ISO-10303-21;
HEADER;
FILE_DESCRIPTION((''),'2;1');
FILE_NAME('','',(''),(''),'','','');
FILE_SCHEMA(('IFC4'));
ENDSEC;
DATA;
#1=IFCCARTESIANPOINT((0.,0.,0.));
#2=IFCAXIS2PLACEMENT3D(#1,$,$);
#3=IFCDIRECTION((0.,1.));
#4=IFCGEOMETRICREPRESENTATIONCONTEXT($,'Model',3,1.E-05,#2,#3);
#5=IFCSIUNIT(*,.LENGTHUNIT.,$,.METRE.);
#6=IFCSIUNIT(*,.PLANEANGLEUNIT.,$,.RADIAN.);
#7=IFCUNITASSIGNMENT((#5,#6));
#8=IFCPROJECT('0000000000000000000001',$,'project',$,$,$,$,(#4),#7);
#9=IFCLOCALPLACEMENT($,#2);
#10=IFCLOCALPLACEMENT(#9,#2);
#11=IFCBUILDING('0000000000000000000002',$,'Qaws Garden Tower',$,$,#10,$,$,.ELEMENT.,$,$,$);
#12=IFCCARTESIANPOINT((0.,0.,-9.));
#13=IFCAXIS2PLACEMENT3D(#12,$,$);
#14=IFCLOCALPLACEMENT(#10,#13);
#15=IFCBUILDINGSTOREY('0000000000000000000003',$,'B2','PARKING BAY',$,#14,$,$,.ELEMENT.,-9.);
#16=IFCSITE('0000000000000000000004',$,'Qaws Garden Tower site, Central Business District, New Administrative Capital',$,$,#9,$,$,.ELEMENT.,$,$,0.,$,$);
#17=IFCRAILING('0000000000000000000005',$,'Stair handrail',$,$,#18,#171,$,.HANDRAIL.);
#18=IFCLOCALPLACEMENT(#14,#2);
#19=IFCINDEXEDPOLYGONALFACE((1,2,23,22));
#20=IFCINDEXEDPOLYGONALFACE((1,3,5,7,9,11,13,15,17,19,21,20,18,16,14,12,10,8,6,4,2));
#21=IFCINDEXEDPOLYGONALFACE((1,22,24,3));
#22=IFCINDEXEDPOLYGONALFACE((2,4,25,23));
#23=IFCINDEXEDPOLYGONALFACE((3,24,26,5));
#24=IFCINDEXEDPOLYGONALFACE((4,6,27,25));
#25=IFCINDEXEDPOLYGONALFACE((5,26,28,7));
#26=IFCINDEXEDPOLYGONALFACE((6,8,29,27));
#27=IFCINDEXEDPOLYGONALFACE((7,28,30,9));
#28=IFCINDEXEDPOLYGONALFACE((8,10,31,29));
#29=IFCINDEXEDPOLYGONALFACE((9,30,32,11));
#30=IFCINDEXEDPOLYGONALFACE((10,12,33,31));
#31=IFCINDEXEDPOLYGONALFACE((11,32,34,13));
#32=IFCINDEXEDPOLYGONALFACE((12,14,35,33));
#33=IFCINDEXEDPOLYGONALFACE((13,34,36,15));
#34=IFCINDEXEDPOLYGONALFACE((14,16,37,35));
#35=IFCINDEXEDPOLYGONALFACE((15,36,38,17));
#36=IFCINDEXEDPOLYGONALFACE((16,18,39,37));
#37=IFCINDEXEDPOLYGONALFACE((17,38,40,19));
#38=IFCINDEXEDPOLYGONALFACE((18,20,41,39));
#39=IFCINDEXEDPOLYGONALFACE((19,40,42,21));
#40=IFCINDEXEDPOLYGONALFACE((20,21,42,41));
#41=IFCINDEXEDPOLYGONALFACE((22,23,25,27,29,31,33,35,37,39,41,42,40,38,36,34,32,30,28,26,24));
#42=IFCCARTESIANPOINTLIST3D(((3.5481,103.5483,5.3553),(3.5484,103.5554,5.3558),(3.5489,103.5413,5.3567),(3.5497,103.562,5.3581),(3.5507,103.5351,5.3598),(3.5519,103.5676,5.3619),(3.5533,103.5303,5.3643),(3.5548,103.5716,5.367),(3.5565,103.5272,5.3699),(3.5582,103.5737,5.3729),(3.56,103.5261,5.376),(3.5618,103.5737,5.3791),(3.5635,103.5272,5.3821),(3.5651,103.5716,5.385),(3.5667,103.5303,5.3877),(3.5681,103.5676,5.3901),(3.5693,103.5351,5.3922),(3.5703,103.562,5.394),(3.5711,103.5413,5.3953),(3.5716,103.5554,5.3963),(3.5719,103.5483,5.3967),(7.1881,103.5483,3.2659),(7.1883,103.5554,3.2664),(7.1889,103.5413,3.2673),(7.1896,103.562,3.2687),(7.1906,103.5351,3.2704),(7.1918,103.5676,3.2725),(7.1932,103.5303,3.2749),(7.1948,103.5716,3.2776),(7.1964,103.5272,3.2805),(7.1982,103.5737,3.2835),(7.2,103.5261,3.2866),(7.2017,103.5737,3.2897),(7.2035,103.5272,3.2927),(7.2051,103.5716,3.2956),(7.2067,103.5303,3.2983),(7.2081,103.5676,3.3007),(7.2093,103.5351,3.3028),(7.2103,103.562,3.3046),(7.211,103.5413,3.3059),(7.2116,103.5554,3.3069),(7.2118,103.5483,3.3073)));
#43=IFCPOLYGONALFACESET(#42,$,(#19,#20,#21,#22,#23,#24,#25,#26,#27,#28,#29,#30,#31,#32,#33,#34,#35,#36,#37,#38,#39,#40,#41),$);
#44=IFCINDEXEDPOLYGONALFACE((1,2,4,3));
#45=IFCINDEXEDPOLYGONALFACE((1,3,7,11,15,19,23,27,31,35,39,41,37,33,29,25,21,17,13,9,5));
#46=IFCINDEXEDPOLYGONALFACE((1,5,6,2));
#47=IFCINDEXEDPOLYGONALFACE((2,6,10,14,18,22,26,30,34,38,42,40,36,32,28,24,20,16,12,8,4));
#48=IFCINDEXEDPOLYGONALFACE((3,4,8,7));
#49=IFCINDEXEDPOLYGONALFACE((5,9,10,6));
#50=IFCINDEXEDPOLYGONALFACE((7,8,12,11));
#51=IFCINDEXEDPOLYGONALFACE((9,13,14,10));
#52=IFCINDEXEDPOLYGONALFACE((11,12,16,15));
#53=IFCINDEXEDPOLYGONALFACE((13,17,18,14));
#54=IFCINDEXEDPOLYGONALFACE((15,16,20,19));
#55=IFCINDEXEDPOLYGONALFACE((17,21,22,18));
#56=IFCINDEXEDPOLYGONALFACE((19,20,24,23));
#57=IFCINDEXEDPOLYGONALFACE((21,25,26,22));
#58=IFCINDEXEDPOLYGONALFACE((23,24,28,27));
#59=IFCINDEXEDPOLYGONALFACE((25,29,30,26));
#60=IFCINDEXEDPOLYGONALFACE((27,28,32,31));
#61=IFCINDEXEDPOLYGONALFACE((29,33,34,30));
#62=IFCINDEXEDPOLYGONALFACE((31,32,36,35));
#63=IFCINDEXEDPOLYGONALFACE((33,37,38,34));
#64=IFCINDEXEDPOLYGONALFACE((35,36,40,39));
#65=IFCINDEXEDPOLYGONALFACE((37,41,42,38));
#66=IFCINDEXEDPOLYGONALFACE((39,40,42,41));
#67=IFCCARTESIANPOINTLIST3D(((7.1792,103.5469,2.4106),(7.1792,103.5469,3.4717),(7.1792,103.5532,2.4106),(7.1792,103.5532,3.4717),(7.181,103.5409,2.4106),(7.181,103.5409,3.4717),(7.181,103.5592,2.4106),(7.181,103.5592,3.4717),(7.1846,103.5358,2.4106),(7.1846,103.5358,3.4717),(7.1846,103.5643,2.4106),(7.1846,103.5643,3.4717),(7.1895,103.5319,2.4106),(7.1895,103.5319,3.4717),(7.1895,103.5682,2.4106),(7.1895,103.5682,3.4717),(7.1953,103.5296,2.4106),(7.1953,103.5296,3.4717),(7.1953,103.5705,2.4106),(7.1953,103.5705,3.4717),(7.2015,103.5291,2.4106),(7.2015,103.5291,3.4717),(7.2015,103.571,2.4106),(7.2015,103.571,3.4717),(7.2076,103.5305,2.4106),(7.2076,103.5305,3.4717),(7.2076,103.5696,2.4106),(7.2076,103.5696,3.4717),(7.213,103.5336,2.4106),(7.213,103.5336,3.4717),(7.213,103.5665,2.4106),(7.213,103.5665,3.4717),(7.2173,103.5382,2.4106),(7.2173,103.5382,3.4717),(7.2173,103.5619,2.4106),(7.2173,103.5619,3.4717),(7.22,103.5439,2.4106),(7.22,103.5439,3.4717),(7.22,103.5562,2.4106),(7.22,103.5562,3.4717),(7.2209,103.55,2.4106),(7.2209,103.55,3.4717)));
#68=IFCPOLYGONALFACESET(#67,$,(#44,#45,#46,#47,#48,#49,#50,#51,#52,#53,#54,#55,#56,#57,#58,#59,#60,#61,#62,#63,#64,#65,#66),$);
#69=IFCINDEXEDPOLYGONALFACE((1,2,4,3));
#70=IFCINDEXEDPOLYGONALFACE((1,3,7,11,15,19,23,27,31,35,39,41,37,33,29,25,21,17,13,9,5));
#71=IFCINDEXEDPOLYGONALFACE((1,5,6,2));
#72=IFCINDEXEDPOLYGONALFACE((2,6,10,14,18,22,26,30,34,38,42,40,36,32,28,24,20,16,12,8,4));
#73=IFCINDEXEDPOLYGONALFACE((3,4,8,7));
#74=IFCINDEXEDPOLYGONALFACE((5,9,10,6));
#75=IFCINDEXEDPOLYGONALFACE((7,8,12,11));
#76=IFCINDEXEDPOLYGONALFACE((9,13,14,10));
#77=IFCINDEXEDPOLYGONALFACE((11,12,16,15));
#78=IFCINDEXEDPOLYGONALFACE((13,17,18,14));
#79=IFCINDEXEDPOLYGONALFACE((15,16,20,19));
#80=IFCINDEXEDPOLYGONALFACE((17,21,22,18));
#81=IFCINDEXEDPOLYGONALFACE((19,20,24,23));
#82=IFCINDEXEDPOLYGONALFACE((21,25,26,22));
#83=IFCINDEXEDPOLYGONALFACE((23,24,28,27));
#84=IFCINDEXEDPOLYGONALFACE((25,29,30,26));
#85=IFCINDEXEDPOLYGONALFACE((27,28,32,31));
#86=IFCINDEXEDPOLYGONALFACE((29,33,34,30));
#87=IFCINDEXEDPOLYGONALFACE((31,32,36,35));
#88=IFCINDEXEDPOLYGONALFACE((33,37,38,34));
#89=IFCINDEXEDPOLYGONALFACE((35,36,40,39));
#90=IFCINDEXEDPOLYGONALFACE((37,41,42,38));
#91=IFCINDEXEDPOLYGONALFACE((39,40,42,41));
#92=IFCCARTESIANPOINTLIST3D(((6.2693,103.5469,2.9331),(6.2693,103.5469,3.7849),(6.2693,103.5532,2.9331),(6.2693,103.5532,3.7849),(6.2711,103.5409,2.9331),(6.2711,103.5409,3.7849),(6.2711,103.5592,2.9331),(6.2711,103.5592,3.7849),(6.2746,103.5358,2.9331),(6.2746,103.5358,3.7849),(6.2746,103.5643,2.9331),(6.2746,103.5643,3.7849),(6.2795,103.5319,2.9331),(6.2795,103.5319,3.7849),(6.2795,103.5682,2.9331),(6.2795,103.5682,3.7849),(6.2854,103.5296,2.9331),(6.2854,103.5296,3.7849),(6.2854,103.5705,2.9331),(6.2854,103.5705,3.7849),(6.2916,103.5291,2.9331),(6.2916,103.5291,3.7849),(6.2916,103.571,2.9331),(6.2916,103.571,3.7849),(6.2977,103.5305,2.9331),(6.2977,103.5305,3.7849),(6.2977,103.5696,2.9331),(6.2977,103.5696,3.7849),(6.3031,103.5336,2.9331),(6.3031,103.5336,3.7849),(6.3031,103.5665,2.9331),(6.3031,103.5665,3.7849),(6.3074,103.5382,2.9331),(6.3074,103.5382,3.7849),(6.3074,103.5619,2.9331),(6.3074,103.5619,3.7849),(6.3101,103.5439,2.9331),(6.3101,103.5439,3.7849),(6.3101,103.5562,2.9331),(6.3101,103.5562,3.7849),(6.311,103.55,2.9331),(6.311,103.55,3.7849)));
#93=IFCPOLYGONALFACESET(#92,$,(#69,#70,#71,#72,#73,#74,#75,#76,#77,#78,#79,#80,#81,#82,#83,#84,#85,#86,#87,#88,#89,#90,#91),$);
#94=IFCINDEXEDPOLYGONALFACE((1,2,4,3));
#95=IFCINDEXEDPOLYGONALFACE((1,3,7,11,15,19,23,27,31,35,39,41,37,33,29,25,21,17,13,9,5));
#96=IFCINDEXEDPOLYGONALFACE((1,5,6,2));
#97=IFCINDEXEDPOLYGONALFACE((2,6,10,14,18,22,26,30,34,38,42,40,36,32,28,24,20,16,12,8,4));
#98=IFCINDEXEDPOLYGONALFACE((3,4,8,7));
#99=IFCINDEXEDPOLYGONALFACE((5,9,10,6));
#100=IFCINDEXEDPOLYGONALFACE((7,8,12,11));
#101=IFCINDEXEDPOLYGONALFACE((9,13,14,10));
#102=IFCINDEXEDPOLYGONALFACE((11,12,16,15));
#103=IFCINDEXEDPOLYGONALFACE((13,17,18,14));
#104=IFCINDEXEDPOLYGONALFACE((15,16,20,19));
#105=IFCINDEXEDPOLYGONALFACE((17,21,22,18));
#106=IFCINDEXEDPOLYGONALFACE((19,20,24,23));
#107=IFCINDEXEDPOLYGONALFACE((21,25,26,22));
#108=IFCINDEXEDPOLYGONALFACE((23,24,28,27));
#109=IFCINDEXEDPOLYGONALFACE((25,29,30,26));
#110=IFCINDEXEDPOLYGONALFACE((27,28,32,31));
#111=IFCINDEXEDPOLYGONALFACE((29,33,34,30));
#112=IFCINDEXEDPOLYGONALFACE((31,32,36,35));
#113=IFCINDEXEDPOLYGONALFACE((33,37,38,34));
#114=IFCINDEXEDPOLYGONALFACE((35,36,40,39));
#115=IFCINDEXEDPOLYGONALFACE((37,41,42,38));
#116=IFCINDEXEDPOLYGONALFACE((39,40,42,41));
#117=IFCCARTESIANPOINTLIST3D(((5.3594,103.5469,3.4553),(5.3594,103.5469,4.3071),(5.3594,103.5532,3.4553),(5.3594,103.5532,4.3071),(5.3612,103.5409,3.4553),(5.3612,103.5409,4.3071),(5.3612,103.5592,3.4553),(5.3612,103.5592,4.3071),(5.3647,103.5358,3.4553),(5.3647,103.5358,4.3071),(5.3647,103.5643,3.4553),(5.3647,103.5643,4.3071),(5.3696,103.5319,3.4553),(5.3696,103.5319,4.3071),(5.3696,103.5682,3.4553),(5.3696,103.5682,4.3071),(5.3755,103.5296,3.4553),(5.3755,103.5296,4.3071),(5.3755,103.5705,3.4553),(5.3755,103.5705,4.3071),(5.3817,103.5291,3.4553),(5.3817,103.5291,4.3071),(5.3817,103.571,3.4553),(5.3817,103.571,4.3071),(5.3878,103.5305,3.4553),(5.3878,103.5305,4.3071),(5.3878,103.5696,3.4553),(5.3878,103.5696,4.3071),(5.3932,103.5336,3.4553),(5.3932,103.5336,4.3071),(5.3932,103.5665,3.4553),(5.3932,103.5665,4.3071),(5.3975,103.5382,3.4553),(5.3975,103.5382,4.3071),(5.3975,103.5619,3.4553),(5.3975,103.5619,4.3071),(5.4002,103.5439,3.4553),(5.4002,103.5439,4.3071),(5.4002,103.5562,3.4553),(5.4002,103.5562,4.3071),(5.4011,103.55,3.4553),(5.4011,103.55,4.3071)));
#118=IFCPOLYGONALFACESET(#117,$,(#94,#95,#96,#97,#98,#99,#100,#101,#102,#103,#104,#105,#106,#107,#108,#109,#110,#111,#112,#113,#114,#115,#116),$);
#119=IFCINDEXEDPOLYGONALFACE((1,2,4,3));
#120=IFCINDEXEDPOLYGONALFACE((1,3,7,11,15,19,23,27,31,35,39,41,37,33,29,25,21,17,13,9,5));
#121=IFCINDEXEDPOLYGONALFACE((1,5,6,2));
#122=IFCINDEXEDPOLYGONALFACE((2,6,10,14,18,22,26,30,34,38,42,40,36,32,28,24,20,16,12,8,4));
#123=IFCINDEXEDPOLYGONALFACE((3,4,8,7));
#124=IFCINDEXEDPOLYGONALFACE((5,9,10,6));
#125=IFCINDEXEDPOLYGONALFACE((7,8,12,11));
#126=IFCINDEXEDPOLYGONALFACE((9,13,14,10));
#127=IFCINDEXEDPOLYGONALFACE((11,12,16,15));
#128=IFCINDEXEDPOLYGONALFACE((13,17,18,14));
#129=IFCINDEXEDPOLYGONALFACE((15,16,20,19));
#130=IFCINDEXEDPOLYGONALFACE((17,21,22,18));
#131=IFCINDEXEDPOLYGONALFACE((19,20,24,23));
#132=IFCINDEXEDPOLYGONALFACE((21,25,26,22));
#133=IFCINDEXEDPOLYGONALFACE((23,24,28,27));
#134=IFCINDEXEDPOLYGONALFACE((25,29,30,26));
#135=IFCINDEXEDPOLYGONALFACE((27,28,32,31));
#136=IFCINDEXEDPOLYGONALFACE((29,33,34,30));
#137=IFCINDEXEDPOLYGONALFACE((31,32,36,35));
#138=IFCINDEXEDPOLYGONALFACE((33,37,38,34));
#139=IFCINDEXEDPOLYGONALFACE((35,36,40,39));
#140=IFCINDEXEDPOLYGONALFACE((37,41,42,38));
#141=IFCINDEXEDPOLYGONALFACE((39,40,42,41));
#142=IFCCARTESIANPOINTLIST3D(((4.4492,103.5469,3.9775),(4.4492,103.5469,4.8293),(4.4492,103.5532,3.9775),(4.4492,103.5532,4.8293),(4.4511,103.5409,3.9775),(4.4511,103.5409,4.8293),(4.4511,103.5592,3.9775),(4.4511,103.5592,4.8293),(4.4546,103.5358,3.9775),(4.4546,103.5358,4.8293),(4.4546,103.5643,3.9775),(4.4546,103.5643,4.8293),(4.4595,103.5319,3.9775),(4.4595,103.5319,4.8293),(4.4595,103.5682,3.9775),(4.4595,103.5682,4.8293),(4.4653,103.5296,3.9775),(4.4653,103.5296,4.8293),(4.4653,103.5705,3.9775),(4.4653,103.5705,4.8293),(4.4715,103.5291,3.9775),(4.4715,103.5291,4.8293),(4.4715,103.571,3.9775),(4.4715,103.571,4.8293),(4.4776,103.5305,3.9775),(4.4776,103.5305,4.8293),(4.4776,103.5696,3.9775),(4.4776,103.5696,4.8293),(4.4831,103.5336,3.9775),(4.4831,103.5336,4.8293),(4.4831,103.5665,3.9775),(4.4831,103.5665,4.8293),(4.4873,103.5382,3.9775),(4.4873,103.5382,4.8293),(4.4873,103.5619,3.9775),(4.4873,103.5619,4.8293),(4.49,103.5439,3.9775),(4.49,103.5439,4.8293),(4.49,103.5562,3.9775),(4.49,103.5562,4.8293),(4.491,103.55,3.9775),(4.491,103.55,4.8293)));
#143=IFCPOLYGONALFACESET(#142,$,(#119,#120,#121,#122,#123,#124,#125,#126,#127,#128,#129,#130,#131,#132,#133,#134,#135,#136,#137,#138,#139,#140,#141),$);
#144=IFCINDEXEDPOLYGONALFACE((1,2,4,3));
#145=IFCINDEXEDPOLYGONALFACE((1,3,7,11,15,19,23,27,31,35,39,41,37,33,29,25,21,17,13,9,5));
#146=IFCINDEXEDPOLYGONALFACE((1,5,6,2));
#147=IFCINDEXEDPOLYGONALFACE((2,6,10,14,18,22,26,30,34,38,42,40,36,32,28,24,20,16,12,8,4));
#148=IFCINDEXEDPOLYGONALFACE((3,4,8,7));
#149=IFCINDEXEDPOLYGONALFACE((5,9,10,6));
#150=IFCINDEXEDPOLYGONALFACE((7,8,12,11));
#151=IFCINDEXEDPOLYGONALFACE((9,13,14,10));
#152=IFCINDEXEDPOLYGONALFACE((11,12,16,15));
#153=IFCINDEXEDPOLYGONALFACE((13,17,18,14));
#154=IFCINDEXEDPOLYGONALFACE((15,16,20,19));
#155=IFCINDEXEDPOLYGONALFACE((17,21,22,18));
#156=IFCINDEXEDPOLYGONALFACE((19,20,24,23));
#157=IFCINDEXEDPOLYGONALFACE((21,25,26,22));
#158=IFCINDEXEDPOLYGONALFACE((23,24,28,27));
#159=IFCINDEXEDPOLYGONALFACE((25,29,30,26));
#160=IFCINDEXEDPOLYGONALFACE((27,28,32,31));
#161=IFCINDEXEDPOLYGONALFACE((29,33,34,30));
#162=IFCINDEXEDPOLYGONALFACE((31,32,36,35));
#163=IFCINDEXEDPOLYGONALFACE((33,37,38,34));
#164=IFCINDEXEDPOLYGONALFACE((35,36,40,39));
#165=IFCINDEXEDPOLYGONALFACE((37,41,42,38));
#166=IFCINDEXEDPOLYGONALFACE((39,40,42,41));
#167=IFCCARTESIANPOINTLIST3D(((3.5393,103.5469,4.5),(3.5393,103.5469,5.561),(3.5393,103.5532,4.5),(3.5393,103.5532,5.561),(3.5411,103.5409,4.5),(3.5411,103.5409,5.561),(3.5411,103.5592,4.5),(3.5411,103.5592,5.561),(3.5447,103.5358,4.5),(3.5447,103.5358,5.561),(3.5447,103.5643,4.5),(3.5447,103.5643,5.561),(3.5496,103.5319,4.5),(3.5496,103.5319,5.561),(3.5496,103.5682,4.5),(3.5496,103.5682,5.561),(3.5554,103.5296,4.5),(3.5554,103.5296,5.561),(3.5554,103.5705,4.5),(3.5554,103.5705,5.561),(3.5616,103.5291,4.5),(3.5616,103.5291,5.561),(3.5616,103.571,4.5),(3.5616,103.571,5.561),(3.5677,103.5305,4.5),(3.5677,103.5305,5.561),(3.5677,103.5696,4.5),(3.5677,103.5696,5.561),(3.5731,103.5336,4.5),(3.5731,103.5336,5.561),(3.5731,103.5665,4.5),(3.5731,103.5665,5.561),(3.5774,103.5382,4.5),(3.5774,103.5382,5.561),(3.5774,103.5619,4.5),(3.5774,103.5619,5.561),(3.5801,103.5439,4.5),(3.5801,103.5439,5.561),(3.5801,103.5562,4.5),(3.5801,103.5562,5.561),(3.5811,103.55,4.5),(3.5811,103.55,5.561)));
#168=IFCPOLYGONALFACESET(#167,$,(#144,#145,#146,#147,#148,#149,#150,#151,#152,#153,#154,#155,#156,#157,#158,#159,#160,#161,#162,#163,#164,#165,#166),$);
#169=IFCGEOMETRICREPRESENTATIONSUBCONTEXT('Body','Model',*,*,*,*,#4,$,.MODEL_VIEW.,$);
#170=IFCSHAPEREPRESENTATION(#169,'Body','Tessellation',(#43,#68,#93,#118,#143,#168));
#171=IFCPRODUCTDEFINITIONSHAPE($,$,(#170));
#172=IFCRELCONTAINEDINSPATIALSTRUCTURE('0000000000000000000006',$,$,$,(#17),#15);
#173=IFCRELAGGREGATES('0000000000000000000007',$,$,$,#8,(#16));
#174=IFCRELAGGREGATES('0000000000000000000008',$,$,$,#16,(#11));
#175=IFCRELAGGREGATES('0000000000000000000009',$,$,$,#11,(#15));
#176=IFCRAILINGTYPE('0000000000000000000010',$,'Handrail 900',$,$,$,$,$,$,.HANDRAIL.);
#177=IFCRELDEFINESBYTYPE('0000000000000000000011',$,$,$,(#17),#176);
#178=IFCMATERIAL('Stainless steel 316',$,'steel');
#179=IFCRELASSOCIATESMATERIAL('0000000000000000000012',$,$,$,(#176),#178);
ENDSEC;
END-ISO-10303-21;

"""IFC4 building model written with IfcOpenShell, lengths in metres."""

from ifc_helpers import new_model, si_unit, direction, frame, origin, origin_2d, place, context, subcontext, project, spatial, circle, extrude, material, type_object, element, save


model = new_model("IFC4")

# Units and contexts
model_context = context("Model", 3, precision=1e-05, world=origin(), true_north=direction((0.0, 1.0)))
body_context = subcontext(model_context, "Body", "Model", "MODEL_VIEW")
ifc_project = project(units=[si_unit("LENGTHUNIT", "METRE"), si_unit("PLANEANGLEUNIT", "RADIAN")], contexts=[model_context])

# Site, building, storey
site_placement = place(None, origin())
site = spatial("IfcSite", under=ifc_project, at=site_placement, Name="Qaws Garden Tower site, Central Business District, New Administrative Capital", CompositionType="ELEMENT", RefElevation=0.0)
building_placement = place(site_placement, origin())
building = spatial("IfcBuilding", under=site, at=building_placement, Name="Qaws Garden Tower", CompositionType="ELEMENT")
storey_placement = place(building_placement, frame((0.0, 0.0, -9.0)))
storey = spatial("IfcBuildingStorey", under=building, at=storey_placement, Name="B2", Description="PARKING BAY", CompositionType="ELEMENT", Elevation=-9.0)

# Railing
ifc_material_1 = material(Name="Stainless steel 316", Category="steel")
railing_type_1 = type_object("IfcRailingType", Name="Handrail 900", PredefinedType="HANDRAIL", material=ifc_material_1)
for number, where, name in (
    (1, (7.2, 103.55, 2.4106), "Stair handrail"),
):
    element("IfcRailing", number, at=place(storey_placement, frame(where)), inside=storey, type_object=railing_type_1, Name=name, PredefinedType="HANDRAIL", context=body_context, shape_type="SweptSolid", body=[
        extrude(circle(Radius=0.0239, at=origin_2d()), frame((0.0, 0.0, 0.876), z_axis=(-0.867275, 0.0, 0.497829), x_axis=(0.0, -1.0, 0.0)), (0.0, 0.0, 1.0), 4.197),
        extrude(circle(Radius=0.021, at=origin_2d()), origin(), (0.0, 0.0, 1.0), 1.061),
        extrude(circle(Radius=0.021, at=origin_2d()), frame((-0.9099, 0.0, 0.5225)), (0.0, 0.0, 1.0), 0.8518),
        extrude(circle(Radius=0.021, at=origin_2d()), frame((-1.8198, 0.0, 1.0447)), (0.0, 0.0, 1.0), 0.8518),
        extrude(circle(Radius=0.021, at=origin_2d()), frame((-2.73, 0.0, 1.5669)), (0.0, 0.0, 1.0), 0.8518),
        extrude(circle(Radius=0.021, at=origin_2d()), frame((-3.6399, 0.0, 2.0894)), (0.0, 0.0, 1.0), 1.061),
    ])

save(model, "model.ifc")
